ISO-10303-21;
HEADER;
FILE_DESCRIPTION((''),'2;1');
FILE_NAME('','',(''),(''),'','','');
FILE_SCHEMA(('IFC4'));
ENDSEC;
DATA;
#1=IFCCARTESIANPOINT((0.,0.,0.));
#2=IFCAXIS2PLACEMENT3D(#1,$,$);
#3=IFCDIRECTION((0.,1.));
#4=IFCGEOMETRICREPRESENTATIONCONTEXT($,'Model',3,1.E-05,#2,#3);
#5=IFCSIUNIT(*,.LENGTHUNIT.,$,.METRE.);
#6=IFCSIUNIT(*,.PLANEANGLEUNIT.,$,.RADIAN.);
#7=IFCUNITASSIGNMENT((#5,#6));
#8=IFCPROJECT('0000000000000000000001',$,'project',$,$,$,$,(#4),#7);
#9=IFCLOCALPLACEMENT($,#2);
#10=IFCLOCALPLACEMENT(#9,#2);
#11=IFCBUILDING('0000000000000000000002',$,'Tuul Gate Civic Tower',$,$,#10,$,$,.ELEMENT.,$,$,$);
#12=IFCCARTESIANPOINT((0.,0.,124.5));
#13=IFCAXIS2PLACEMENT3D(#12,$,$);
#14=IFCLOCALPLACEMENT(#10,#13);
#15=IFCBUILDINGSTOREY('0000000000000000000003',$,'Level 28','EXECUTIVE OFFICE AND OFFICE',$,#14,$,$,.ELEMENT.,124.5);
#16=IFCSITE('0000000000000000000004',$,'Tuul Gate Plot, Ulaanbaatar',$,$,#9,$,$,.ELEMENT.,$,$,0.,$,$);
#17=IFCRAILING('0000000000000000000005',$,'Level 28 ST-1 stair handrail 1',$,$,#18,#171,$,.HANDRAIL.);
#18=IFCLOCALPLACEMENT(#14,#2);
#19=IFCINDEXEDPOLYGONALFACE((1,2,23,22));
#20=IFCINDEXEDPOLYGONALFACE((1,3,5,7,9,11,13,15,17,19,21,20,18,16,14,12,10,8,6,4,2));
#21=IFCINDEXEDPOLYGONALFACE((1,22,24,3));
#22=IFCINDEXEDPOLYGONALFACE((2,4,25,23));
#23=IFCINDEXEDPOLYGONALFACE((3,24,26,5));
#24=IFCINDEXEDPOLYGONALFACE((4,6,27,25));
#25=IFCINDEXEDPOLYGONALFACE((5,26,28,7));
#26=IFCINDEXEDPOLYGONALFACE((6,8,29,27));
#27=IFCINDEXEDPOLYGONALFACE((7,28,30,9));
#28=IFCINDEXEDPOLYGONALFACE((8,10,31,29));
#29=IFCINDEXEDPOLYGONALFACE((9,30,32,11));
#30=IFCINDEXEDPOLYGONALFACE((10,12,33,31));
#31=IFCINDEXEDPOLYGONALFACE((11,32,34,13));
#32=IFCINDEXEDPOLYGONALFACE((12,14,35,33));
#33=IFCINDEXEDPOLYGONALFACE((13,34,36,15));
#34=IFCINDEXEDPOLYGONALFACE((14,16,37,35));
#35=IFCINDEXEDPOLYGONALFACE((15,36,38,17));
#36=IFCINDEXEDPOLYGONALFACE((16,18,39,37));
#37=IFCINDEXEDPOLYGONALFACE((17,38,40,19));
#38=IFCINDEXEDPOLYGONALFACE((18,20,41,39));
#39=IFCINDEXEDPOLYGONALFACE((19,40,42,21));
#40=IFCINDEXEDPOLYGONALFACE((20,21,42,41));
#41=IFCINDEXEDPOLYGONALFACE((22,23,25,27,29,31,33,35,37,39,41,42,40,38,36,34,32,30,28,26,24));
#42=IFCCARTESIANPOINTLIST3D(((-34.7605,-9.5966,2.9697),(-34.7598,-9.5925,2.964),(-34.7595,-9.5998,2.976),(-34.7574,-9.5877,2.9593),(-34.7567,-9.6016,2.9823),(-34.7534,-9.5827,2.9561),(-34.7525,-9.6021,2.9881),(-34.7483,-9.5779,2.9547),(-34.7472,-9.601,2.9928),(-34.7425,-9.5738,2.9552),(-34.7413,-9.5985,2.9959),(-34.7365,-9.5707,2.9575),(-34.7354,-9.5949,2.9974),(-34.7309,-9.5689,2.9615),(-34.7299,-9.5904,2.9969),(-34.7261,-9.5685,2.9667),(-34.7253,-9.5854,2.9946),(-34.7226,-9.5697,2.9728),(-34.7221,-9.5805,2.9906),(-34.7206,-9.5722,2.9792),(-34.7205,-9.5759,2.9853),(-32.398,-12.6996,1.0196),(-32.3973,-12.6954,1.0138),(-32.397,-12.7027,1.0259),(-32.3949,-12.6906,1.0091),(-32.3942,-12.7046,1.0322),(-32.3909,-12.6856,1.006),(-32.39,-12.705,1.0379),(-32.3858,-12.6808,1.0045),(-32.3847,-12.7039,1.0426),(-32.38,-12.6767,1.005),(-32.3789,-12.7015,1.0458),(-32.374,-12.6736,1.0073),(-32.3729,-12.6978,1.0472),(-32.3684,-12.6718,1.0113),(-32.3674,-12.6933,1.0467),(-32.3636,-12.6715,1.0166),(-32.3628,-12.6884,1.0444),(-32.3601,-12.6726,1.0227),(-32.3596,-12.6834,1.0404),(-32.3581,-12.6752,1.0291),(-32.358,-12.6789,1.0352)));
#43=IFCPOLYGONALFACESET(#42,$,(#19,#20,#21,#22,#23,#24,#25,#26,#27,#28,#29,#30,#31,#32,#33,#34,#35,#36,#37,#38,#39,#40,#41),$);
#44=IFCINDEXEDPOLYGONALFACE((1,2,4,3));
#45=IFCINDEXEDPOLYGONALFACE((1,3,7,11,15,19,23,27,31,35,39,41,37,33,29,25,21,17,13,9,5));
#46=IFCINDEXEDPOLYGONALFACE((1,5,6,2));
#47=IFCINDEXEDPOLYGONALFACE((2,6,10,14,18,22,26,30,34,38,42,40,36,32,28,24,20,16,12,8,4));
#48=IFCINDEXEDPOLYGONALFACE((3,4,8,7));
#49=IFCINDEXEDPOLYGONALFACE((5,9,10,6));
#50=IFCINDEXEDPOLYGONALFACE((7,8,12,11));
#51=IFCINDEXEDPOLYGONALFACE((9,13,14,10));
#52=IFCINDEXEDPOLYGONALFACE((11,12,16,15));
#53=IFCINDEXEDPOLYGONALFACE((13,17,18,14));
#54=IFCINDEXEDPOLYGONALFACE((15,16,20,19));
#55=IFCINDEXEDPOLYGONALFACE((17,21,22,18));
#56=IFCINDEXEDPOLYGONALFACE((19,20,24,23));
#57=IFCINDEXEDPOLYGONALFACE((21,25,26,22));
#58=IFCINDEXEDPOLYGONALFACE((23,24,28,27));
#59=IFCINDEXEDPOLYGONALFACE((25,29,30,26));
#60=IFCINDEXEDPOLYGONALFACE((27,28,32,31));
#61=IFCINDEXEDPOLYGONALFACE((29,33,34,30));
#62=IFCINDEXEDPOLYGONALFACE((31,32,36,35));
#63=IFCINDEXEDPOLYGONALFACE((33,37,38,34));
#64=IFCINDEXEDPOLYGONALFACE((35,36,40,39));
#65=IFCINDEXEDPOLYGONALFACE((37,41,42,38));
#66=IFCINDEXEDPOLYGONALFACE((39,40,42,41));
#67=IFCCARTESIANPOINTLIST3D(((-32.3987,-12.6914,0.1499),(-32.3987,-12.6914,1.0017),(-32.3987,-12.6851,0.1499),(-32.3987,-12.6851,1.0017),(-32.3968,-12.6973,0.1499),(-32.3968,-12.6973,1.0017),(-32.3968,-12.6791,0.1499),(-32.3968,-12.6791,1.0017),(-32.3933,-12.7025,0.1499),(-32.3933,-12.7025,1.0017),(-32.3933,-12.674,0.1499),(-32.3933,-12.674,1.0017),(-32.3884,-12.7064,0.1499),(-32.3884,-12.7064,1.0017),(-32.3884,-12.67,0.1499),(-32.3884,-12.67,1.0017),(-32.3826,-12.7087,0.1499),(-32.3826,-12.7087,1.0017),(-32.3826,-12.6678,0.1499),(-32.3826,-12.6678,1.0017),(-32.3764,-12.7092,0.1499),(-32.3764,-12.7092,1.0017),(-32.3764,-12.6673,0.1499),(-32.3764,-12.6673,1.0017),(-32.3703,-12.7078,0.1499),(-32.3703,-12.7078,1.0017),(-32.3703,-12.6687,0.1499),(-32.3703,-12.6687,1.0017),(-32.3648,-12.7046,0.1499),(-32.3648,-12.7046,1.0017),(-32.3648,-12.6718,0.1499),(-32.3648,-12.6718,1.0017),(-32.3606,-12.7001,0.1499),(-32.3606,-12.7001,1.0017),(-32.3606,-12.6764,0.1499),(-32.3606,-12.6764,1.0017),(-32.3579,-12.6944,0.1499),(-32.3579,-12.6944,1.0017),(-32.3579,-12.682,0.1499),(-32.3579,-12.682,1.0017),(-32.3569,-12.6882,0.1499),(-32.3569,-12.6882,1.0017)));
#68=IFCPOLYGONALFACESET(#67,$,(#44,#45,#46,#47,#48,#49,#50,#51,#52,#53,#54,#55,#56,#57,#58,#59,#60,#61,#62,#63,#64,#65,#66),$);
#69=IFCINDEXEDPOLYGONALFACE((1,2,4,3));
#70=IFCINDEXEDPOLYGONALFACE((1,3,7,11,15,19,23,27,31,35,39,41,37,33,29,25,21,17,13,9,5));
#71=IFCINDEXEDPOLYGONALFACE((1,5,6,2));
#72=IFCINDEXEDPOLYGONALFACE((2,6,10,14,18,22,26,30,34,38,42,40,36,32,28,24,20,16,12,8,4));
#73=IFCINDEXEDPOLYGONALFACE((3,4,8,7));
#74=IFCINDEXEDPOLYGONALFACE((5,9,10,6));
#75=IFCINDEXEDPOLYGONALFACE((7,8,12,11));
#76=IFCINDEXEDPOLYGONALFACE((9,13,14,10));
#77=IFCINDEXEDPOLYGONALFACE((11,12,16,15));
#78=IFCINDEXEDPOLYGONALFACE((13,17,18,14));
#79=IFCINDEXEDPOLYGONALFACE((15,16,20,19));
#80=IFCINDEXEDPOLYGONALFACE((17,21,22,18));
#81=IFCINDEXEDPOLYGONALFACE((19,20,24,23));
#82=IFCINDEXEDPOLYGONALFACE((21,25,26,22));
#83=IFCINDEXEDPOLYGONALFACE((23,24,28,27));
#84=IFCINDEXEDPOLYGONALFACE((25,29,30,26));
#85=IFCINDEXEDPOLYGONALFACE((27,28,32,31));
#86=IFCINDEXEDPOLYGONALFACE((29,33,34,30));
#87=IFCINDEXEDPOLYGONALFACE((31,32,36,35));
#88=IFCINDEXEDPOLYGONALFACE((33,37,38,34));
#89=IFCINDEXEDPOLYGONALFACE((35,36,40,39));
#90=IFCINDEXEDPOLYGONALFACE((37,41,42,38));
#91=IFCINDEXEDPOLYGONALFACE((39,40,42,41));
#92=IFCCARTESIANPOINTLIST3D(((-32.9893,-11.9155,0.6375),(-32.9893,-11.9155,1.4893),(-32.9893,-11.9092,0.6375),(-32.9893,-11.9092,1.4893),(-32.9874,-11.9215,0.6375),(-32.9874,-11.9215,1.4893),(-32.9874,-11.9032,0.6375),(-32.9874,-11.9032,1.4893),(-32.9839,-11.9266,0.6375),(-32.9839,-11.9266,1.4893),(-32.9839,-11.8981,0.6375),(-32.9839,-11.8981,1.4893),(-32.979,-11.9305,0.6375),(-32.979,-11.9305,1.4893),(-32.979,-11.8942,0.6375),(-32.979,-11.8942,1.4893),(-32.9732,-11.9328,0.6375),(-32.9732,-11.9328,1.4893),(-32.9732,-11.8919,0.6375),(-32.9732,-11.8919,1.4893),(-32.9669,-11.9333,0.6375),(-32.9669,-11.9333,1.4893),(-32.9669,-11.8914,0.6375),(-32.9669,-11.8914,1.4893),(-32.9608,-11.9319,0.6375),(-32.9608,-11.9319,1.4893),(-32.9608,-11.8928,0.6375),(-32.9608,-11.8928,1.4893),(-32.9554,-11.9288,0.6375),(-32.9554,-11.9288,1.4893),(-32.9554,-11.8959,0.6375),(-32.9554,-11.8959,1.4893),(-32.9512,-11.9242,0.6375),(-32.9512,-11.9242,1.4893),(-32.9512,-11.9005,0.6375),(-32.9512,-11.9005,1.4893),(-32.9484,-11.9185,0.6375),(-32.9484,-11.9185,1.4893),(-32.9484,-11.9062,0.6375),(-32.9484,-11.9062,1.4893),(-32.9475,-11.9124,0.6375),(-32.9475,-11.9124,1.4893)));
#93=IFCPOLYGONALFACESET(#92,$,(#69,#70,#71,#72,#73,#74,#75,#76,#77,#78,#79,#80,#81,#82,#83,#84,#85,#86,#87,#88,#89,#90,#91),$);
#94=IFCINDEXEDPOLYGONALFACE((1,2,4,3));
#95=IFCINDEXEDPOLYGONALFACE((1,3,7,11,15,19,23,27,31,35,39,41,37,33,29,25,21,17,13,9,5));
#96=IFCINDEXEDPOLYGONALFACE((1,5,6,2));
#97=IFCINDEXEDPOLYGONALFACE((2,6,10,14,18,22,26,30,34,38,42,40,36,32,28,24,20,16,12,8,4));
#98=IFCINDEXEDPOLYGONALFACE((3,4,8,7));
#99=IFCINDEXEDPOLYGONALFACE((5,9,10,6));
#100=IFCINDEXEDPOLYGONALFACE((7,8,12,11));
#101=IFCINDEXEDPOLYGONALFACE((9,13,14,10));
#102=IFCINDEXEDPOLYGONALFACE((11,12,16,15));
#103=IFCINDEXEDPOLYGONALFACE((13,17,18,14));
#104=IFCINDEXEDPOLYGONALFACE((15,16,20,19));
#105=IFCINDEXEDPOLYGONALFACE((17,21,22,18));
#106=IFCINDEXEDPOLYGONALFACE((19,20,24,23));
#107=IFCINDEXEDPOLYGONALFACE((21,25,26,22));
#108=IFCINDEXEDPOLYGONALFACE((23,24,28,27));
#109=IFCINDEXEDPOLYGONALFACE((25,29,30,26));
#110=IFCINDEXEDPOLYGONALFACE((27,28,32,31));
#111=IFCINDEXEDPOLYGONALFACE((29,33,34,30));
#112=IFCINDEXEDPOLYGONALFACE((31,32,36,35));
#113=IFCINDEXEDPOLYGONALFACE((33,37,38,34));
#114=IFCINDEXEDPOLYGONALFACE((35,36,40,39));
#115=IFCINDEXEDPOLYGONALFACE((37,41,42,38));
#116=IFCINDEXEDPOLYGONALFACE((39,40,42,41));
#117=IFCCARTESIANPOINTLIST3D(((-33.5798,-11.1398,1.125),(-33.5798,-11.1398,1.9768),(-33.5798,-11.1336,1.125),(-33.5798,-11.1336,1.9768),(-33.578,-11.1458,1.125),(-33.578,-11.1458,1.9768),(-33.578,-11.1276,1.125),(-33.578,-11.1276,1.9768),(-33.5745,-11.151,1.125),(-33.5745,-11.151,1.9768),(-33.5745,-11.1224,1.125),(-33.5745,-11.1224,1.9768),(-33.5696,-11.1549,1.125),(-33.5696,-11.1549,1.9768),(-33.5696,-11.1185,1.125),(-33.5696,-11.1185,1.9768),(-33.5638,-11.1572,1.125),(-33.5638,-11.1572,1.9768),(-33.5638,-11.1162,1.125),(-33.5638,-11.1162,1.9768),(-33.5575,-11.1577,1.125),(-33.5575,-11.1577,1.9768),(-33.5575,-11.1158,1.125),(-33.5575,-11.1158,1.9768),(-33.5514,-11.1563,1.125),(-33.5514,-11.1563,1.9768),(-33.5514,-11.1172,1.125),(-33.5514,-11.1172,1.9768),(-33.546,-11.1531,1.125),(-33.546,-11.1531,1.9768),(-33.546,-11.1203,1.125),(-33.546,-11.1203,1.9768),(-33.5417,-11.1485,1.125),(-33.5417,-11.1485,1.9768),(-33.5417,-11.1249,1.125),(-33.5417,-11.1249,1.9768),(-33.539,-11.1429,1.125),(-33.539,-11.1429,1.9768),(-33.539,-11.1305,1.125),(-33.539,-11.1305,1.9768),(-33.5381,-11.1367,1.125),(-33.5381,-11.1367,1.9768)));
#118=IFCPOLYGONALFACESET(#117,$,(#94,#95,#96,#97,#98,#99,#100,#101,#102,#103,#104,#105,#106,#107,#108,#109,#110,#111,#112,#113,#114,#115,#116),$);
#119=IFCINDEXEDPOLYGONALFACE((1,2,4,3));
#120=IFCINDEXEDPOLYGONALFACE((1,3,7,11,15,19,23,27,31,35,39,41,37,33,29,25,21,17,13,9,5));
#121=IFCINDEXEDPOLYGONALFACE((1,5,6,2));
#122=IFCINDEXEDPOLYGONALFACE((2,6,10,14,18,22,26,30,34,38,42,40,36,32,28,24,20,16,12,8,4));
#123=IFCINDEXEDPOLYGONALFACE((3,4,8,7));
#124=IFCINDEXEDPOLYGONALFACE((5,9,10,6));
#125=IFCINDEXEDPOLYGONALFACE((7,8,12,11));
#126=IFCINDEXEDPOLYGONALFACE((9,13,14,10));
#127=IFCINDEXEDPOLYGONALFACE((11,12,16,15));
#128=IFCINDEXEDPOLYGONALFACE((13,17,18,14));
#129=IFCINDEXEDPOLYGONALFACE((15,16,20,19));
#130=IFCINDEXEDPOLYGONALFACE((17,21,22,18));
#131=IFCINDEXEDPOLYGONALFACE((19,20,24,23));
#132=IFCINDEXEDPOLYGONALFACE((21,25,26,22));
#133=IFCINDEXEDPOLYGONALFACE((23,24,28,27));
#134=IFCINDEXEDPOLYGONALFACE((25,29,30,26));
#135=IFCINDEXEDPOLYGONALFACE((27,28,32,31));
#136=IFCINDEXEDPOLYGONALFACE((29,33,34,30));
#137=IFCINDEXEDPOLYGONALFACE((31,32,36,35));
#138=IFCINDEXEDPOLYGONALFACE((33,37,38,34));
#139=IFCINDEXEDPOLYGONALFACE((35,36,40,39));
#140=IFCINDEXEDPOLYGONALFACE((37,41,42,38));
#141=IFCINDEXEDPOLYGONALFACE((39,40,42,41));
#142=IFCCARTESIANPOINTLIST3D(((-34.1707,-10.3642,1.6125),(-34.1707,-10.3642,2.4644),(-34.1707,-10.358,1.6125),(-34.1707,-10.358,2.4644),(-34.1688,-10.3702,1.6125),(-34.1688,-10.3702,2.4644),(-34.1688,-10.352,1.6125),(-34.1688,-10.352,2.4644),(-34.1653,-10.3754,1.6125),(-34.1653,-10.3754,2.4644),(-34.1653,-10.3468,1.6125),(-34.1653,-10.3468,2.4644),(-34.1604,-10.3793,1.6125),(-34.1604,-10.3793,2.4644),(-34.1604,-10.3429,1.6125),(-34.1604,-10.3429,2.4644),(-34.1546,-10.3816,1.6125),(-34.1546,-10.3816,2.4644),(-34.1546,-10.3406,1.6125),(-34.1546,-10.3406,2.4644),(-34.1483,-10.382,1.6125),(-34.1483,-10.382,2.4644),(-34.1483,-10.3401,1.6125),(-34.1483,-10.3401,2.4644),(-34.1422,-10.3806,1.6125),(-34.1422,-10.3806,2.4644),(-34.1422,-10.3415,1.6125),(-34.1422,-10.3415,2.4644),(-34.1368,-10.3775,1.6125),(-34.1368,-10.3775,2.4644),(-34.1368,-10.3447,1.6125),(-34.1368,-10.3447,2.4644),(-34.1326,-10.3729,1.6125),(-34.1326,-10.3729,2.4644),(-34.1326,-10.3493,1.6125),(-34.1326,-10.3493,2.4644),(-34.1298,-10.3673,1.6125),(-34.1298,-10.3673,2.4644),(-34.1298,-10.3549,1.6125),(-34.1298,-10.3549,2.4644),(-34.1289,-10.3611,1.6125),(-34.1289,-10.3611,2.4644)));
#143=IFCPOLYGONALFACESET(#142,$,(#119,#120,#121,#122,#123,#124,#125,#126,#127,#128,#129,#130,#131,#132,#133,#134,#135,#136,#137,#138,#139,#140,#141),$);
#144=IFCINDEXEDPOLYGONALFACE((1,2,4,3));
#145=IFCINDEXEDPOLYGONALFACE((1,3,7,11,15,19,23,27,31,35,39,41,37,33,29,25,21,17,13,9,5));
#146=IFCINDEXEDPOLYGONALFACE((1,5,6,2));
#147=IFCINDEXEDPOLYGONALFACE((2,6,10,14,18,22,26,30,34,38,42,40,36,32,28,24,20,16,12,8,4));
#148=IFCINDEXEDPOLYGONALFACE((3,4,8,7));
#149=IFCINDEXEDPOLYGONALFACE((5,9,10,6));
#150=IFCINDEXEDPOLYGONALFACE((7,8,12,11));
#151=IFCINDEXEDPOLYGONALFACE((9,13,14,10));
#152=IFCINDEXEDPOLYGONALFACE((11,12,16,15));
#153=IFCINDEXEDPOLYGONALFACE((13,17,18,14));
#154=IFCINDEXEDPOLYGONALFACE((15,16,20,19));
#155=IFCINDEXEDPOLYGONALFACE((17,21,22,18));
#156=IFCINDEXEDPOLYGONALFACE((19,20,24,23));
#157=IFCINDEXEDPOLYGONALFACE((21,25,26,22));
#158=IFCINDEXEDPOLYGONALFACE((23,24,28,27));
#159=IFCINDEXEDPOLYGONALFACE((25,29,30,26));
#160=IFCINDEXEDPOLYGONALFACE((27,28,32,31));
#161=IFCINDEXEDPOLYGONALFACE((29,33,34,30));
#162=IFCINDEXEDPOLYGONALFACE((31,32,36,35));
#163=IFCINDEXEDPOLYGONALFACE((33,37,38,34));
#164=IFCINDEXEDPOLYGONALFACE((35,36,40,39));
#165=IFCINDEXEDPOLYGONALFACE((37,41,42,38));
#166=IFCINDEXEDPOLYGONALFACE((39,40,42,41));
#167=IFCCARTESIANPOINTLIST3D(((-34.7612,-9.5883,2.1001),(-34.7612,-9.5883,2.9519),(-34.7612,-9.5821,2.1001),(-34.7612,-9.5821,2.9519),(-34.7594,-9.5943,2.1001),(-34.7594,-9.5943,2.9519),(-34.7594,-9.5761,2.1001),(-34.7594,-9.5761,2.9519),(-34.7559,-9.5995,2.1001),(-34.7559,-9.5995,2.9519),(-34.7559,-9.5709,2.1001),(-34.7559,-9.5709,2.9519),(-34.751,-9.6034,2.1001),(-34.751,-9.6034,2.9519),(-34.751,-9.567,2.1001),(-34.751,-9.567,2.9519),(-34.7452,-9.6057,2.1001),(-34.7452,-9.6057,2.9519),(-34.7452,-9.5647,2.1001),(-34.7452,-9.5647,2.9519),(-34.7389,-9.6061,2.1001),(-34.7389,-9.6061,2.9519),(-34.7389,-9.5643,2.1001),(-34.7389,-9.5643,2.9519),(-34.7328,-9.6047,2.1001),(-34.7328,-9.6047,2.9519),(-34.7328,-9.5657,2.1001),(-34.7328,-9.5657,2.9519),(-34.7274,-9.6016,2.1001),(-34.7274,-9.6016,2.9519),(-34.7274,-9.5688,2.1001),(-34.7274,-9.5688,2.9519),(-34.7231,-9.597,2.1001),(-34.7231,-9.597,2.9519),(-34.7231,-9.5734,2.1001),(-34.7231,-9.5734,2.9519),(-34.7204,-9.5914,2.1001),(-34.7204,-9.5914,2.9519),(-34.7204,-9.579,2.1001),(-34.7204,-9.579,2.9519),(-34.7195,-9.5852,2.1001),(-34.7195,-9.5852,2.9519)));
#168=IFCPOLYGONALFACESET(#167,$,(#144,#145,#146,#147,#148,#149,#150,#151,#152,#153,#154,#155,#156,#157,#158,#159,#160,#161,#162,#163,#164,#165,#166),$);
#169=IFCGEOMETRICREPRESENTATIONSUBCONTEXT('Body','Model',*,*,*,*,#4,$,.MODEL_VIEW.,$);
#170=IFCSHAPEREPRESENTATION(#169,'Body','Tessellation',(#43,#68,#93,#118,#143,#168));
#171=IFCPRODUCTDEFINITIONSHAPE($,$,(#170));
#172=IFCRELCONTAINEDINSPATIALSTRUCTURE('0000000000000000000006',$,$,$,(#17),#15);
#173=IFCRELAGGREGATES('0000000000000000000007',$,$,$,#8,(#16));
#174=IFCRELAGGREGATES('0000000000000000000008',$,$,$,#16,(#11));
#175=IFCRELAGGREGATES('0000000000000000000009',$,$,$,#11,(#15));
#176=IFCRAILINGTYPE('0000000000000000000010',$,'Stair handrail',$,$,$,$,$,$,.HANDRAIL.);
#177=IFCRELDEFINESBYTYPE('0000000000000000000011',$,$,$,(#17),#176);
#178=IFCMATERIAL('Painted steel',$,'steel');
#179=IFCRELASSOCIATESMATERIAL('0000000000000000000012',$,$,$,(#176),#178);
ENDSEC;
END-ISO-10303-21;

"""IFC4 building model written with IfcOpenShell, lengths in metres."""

from ifc_helpers import new_model, si_unit, direction, frame, origin, origin_2d, place, context, subcontext, project, spatial, circle, extrude, material, type_object, element, save


model = new_model("IFC4")

# Units and contexts
model_context = context("Model", 3, precision=1e-05, world=origin(), true_north=direction((0.0, 1.0)))
body_context = subcontext(model_context, "Body", "Model", "MODEL_VIEW")
ifc_project = project(units=[si_unit("LENGTHUNIT", "METRE"), si_unit("PLANEANGLEUNIT", "RADIAN")], contexts=[model_context])

# Site, building, storey
site_placement = place(None, origin())
site = spatial("IfcSite", under=ifc_project, at=site_placement, Name="Tuul Gate Plot, Ulaanbaatar", CompositionType="ELEMENT", RefElevation=0.0)
building_placement = place(site_placement, origin())
building = spatial("IfcBuilding", under=site, at=building_placement, Name="Tuul Gate Civic Tower", CompositionType="ELEMENT")
storey_placement = place(building_placement, frame((0.0, 0.0, 124.5)))
storey = spatial("IfcBuildingStorey", under=building, at=storey_placement, Name="Level 28", Description="EXECUTIVE OFFICE AND OFFICE", CompositionType="ELEMENT", Elevation=124.5)

# Railing
ifc_material_1 = material(Name="Painted steel", Category="steel")
railing_type_1 = type_object("IfcRailingType", Name="Stair handrail", PredefinedType="HANDRAIL", material=ifc_material_1)
railing_1_placement = place(storey_placement, frame((-32.3779, -12.6882, 0.1499)))
element("IfcRailing", 1, at=railing_1_placement, inside=storey, type_object=railing_type_1, Name="Level 28 ST-1 stair handrail 1", PredefinedType="HANDRAIL", context=body_context, shape_type="SweptSolid", body=[
    extrude(circle(Radius=0.0239, at=origin_2d()), frame((0.0, 0.0, 0.876), z_axis=(-0.541811, 0.711627, 0.447245), x_axis=(-0.795637, -0.605773, 0.0)), (0.0, 0.0, 1.0), 4.3604),
    extrude(circle(Radius=0.021, at=origin_2d()), origin(), (0.0, 0.0, 1.0), 0.8518),
    extrude(circle(Radius=0.021, at=origin_2d()), frame((-0.5906, 0.7759, 0.4875)), (0.0, 0.0, 1.0), 0.8518),
    extrude(circle(Radius=0.021, at=origin_2d()), frame((-1.1812, 1.5515, 0.9751)), (0.0, 0.0, 1.0), 0.8518),
    extrude(circle(Radius=0.021, at=origin_2d()), frame((-1.772, 2.3271, 1.4626)), (0.0, 0.0, 1.0), 0.8518),
    extrude(circle(Radius=0.021, at=origin_2d()), frame((-2.3625, 3.103, 1.9502)), (0.0, 0.0, 1.0), 0.8518),
])

save(model, "model.ifc")
